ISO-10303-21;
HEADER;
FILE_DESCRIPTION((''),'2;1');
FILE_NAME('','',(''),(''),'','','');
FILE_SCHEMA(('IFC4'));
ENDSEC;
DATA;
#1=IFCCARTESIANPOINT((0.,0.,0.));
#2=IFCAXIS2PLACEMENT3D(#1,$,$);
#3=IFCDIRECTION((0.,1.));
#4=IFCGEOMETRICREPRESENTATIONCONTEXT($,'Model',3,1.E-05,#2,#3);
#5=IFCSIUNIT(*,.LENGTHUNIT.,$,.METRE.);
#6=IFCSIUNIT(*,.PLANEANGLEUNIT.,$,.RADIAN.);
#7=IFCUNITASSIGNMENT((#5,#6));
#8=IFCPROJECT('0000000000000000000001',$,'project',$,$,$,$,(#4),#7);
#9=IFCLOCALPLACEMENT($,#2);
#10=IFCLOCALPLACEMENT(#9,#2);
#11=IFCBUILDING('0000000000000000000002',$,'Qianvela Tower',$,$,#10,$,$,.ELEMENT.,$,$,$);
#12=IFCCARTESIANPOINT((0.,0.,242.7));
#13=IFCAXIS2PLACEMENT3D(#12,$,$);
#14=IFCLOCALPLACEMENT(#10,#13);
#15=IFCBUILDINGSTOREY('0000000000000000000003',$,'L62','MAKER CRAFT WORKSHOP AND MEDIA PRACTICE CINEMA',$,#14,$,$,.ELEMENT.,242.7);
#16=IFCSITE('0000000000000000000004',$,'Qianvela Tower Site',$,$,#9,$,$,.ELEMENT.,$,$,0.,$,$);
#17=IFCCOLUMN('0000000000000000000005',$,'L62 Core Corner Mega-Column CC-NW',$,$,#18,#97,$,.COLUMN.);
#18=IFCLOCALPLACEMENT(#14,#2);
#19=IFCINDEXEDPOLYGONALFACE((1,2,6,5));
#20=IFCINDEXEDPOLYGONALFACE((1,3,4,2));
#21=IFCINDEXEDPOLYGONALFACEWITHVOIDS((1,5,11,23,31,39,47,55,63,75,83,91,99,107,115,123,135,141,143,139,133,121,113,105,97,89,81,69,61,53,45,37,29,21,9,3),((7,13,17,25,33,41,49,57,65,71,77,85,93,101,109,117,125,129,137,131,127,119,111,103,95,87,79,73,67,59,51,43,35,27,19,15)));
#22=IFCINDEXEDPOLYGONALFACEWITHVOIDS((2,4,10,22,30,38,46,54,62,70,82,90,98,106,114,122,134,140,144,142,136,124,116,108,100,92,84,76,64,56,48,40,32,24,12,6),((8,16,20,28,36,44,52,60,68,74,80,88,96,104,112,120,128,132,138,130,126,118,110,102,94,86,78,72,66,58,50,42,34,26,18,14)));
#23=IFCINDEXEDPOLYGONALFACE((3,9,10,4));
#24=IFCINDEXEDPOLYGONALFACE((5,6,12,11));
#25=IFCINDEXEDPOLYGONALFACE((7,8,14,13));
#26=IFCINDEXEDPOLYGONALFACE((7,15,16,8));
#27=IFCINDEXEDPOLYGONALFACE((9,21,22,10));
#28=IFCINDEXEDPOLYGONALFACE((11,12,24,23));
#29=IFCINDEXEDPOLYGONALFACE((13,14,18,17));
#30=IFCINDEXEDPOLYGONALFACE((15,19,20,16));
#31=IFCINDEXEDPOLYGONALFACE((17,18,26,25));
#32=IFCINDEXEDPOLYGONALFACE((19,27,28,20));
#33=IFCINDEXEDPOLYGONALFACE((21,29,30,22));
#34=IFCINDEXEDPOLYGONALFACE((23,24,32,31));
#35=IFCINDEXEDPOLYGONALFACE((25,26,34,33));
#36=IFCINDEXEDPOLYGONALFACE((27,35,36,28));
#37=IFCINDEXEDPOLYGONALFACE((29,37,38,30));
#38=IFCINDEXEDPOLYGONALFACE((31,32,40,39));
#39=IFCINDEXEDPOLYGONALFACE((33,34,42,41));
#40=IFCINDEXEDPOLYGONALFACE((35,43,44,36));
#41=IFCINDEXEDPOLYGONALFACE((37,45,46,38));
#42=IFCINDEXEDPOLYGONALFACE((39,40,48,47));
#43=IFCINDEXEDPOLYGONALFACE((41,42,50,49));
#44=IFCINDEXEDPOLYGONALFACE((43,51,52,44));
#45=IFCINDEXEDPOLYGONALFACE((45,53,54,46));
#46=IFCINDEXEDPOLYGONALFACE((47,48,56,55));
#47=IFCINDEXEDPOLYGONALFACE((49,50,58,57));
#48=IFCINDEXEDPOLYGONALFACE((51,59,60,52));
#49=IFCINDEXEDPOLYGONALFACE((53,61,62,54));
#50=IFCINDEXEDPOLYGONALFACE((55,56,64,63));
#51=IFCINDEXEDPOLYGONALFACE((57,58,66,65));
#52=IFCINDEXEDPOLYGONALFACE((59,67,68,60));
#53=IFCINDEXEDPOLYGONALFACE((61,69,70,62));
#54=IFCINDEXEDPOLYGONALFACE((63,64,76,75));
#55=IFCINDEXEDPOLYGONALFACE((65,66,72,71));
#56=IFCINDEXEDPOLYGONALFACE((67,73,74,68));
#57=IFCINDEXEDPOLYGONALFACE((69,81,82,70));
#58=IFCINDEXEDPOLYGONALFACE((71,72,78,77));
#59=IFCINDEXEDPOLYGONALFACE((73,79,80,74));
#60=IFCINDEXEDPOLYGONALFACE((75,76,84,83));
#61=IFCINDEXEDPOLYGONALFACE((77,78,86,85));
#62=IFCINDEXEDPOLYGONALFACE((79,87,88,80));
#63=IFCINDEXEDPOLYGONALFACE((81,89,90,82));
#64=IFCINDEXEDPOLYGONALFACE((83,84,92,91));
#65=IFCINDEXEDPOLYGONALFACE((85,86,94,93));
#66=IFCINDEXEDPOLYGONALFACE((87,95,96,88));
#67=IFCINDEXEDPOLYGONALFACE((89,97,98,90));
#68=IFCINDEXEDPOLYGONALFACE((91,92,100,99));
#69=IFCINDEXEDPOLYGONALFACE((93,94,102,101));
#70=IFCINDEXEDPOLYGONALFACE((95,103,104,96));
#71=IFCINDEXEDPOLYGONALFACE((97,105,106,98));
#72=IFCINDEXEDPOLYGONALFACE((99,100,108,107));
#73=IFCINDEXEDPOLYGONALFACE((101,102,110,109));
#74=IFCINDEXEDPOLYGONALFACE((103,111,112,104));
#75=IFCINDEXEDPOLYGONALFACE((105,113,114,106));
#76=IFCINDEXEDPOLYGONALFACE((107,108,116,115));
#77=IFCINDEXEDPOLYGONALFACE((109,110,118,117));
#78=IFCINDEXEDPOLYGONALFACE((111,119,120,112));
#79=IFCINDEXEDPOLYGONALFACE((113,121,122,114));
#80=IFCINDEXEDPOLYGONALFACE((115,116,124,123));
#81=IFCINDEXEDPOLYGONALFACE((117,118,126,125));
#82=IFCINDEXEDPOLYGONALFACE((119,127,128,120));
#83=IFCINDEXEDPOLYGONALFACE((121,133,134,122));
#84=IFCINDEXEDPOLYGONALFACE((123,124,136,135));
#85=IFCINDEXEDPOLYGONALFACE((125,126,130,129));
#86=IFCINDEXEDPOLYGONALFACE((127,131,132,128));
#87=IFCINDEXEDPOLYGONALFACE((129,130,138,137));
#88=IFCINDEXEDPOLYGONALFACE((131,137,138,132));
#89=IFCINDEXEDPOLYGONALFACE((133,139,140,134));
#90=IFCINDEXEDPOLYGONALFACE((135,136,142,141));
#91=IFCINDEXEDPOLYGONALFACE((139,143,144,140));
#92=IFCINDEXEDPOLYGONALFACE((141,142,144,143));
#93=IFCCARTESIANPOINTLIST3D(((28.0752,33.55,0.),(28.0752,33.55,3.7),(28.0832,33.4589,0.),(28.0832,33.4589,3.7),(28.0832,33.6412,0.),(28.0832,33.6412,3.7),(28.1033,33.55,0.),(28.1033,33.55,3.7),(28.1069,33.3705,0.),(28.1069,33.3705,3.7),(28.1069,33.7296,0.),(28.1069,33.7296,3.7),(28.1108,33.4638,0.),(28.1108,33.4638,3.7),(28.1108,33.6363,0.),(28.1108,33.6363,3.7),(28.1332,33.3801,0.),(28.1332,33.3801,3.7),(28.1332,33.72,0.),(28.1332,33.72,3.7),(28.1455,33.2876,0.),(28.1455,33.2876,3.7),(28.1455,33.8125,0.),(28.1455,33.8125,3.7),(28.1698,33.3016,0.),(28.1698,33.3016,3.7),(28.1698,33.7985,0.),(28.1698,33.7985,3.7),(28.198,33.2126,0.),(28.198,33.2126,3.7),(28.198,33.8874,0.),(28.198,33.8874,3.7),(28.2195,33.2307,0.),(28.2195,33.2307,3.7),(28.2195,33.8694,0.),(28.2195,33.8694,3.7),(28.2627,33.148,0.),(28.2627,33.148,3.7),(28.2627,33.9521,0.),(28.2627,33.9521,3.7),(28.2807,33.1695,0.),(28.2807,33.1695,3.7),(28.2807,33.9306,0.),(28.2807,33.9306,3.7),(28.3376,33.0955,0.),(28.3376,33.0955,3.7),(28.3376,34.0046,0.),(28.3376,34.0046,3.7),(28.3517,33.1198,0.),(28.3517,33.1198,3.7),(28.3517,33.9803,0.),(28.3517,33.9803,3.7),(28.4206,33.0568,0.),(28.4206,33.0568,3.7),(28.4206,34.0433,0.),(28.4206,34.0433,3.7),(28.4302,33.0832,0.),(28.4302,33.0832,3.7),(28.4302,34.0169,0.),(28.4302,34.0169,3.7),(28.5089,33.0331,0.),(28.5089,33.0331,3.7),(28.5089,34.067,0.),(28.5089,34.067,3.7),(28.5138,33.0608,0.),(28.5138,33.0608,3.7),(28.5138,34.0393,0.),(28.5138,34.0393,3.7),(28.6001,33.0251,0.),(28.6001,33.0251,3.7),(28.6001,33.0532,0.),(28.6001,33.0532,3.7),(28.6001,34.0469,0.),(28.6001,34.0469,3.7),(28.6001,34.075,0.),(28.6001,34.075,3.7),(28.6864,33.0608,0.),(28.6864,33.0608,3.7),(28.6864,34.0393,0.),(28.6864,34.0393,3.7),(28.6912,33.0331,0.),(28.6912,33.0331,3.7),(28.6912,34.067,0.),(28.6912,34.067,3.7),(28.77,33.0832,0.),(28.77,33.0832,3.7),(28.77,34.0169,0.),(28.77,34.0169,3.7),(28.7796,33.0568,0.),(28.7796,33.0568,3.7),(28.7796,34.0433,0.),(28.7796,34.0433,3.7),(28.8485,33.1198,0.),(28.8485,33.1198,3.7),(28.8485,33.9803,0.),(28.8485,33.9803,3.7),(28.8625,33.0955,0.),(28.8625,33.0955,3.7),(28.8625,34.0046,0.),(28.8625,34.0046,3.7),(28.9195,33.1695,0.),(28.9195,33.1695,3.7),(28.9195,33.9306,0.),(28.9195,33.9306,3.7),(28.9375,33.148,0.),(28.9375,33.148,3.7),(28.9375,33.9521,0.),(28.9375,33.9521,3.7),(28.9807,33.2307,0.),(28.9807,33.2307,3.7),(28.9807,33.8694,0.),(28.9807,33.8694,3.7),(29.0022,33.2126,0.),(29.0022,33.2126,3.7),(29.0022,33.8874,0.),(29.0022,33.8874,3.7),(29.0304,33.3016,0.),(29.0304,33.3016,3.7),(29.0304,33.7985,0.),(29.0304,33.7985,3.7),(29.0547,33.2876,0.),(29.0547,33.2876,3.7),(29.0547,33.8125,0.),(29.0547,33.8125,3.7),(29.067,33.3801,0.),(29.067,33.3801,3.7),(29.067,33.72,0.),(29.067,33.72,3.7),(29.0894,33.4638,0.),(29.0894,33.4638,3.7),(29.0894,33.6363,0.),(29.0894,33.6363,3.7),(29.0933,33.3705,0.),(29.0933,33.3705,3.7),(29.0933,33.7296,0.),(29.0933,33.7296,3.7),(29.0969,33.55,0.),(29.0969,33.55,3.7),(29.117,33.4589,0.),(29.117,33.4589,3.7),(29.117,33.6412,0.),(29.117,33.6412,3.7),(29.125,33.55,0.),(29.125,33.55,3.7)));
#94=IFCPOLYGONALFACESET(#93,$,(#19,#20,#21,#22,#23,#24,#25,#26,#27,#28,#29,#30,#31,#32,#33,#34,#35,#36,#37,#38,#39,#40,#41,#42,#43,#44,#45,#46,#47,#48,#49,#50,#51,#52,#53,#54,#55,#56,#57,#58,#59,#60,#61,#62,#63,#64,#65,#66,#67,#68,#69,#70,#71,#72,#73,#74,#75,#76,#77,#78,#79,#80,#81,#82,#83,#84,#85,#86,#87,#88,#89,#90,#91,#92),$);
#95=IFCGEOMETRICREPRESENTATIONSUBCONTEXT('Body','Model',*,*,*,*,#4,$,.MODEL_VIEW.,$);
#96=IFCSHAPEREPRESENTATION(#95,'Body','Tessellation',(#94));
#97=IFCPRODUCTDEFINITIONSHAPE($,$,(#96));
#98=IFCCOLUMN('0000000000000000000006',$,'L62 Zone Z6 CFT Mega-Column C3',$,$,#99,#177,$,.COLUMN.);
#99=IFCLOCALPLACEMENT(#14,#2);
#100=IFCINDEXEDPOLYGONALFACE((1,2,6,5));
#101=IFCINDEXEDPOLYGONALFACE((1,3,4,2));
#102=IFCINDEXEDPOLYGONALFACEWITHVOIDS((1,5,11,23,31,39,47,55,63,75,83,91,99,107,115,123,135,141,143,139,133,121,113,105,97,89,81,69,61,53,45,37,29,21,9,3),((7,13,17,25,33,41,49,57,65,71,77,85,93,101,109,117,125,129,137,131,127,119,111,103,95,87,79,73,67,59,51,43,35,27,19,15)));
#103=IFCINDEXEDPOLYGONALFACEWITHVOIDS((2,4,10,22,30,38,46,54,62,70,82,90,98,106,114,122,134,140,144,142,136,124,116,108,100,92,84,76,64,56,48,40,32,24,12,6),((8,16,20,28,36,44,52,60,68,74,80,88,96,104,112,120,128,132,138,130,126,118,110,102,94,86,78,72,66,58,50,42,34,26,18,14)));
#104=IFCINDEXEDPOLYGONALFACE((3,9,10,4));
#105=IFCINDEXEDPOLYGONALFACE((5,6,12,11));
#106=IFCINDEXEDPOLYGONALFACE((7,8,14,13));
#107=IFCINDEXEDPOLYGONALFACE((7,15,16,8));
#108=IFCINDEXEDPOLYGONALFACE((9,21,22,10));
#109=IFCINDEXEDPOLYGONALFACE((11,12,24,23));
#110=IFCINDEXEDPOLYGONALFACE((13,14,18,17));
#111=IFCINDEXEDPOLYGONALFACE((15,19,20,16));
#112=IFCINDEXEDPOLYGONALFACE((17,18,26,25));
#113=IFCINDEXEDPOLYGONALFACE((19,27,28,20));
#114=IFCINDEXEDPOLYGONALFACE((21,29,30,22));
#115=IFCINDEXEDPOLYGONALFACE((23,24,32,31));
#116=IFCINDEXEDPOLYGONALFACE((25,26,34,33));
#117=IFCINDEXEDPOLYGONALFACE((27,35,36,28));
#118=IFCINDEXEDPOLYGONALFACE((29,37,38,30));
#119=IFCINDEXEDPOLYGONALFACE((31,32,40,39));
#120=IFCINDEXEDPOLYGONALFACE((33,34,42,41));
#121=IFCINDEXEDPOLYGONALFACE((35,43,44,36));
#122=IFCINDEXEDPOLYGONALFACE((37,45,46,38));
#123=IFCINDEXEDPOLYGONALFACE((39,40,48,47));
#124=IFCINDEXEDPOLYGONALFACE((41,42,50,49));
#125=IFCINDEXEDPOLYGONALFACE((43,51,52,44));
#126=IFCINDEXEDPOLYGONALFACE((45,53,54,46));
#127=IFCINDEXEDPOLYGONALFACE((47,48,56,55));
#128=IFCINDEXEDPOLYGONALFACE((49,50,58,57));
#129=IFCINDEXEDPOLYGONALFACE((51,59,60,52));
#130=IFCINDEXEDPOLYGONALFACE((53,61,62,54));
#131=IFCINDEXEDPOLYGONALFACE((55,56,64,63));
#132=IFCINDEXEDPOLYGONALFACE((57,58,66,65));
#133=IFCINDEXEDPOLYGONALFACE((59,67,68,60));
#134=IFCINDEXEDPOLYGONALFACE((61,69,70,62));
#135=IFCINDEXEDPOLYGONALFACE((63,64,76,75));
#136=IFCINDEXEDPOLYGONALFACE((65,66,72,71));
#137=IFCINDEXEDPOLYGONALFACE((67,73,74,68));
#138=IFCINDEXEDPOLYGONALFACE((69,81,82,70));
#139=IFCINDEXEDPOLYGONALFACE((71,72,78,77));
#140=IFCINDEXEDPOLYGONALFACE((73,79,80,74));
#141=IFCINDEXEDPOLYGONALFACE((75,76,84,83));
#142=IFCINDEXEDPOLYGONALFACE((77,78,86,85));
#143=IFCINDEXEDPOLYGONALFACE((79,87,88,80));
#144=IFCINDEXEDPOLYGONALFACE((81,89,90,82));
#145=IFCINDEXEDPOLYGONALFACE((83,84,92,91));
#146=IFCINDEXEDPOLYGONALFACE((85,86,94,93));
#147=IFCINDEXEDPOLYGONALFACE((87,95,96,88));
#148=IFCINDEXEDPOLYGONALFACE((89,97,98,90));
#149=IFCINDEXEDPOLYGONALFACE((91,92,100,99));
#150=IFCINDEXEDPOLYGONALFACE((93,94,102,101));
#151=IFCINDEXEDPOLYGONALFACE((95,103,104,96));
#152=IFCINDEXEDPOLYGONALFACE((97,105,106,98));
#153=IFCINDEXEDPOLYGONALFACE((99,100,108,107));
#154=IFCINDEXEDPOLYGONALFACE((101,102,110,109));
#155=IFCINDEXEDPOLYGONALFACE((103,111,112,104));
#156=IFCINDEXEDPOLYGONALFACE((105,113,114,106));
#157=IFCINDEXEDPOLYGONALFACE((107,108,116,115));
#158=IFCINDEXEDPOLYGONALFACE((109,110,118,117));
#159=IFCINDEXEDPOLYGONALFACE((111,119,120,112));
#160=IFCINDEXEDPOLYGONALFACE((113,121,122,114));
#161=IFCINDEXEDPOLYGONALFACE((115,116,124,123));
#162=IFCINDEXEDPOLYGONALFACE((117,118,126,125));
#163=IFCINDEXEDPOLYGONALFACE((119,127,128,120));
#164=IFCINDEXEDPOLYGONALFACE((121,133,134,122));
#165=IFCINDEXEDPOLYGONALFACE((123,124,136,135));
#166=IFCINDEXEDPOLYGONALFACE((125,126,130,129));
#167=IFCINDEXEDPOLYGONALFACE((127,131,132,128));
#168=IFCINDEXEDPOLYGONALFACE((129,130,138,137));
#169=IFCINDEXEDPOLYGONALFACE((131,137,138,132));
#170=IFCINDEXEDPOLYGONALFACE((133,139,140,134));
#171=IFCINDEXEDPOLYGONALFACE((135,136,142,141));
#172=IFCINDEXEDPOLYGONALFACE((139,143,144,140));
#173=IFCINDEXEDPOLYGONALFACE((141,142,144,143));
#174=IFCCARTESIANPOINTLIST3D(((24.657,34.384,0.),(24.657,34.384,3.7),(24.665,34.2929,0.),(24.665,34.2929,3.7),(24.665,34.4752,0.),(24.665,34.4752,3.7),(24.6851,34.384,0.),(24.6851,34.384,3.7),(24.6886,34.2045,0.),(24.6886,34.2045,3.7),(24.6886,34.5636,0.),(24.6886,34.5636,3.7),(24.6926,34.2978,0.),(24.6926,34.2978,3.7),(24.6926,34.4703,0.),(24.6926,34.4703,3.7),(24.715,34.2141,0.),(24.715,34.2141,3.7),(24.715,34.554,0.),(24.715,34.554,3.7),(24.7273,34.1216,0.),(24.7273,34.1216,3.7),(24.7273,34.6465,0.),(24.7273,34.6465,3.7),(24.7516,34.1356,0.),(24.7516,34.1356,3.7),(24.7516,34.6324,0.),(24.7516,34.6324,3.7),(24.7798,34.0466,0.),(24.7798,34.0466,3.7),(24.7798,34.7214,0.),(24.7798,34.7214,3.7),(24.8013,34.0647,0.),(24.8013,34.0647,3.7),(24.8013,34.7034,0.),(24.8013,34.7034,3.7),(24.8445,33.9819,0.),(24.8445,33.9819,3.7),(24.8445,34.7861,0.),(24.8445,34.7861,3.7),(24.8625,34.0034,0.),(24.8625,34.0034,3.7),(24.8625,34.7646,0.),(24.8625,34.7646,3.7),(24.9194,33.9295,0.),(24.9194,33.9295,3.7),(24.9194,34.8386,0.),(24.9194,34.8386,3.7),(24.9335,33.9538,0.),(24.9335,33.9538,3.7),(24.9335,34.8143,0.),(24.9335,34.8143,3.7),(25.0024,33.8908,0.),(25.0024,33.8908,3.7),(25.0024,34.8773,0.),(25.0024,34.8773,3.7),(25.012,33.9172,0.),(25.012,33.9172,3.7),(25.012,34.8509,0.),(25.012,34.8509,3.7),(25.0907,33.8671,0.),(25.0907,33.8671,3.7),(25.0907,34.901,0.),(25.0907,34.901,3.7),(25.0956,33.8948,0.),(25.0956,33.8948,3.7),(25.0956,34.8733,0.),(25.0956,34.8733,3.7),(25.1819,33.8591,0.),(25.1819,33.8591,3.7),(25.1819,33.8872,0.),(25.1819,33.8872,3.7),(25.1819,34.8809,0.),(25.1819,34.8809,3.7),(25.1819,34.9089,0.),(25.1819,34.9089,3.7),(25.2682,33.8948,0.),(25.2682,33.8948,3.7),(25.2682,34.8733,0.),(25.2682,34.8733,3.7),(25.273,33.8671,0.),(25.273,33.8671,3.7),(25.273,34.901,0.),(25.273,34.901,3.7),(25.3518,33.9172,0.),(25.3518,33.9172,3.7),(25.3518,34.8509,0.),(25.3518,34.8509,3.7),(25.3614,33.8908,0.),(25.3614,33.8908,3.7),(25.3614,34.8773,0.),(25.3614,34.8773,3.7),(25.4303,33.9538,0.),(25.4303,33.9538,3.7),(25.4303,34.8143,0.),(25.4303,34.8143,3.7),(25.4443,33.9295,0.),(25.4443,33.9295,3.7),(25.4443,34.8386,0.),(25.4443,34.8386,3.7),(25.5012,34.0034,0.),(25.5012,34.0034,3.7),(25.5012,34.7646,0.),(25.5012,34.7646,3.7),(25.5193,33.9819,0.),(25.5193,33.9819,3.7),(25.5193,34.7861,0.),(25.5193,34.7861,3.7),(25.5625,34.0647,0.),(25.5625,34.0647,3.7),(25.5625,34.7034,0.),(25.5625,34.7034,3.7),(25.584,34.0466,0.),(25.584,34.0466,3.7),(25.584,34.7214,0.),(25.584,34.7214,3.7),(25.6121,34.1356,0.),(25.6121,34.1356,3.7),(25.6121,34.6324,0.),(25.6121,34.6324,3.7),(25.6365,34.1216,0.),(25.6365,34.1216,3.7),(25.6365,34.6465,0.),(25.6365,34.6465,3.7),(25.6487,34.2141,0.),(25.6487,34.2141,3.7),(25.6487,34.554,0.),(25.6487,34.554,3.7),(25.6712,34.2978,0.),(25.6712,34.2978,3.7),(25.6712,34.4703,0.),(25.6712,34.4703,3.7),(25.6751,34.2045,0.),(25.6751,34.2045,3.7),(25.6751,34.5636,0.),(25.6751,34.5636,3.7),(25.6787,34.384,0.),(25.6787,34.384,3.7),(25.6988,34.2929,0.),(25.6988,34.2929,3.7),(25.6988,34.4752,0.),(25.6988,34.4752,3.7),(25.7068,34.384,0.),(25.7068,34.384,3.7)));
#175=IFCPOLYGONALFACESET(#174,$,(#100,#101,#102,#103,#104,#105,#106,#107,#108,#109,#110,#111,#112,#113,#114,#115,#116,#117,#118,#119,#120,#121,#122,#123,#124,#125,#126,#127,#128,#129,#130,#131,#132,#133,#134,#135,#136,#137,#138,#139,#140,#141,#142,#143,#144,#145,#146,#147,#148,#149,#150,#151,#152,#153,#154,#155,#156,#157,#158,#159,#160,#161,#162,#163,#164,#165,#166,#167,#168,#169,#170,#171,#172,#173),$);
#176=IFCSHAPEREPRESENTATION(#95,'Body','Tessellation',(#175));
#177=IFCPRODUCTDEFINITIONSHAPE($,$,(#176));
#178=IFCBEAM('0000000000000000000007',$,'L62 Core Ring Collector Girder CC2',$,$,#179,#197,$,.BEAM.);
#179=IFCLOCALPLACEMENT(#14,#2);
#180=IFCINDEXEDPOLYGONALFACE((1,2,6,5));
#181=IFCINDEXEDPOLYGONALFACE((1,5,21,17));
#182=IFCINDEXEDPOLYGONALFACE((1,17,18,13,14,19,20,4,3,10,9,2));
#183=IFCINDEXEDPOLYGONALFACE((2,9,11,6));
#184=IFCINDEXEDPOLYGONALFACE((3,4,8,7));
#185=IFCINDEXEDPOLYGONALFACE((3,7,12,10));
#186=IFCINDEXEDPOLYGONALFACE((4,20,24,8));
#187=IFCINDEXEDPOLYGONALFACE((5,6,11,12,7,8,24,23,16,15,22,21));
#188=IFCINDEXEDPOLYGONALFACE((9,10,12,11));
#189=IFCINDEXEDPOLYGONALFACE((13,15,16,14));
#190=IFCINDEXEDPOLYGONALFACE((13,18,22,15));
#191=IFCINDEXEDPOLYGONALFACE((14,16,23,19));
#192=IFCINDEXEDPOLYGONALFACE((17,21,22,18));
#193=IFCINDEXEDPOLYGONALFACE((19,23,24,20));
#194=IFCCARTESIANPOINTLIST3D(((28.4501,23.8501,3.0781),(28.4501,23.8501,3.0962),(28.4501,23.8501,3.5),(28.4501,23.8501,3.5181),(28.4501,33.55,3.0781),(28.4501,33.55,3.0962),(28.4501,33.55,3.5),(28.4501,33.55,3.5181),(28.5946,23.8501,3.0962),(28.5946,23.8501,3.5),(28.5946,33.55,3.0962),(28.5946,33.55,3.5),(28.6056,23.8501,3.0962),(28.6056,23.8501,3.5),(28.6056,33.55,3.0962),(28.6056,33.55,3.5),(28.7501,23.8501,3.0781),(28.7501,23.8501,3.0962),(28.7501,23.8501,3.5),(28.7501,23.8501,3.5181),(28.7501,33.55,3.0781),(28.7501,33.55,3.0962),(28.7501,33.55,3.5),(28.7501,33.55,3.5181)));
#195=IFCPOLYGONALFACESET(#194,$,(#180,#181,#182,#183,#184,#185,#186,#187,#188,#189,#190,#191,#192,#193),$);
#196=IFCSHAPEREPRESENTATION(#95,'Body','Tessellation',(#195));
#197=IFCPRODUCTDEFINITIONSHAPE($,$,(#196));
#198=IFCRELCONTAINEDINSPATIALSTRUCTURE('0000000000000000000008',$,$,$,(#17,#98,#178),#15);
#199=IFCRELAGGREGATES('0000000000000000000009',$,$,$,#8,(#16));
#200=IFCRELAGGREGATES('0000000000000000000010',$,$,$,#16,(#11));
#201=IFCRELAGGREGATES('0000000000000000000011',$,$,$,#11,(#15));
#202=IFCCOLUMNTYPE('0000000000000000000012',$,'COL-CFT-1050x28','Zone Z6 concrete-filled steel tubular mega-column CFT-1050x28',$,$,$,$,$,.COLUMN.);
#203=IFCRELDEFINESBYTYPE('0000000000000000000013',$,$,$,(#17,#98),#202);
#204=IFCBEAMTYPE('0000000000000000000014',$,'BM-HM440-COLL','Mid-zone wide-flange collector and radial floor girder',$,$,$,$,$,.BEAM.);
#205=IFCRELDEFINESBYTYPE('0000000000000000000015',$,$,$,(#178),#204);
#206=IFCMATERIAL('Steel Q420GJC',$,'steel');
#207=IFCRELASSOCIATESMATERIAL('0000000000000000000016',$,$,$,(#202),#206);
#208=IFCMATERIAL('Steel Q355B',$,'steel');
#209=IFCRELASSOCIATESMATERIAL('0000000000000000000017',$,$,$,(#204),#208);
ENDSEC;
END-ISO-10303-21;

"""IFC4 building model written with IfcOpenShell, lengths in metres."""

from ifc_helpers import new_model, si_unit, direction, frame, origin, origin_2d, place, context, subcontext, project, spatial, hollow_circle, i_section, extrude, material, material_profile, profile_set, type_object, element, save


model = new_model("IFC4")

# Units and contexts
model_context = context("Model", 3, precision=1e-05, world=origin(), true_north=direction((0.0, 1.0)))
body_context = subcontext(model_context, "Body", "Model", "MODEL_VIEW")
ifc_project = project(units=[si_unit("LENGTHUNIT", "METRE"), si_unit("PLANEANGLEUNIT", "RADIAN")], contexts=[model_context])

# Site, building, storey
site_placement = place(None, origin())
site = spatial("IfcSite", under=ifc_project, at=site_placement, Name="Qianvela Tower Site", CompositionType="ELEMENT", RefElevation=0.0)
building_placement = place(site_placement, origin())
building = spatial("IfcBuilding", under=site, at=building_placement, Name="Qianvela Tower", CompositionType="ELEMENT")
storey_placement = place(building_placement, frame((0.0, 0.0, 242.7)))
storey = spatial("IfcBuildingStorey", under=building, at=storey_placement, Name="L62", Description="MAKER CRAFT WORKSHOP AND MEDIA PRACTICE CINEMA", CompositionType="ELEMENT", Elevation=242.7)

# Columns
ifc_material_1 = material(Name="Steel Q420GJC", Category="steel")
ifc_material_profile_1 = material_profile(ifc_material_1, hollow_circle(Radius=0.5249, WallThickness=0.0281, at=origin_2d()), Name="CFT-1050x28")
ifc_profile_set_1 = profile_set([ifc_material_profile_1], Name="Steel Q420GJC")
column_type = type_object("IfcColumnType", Name="COL-CFT-1050x28", Description="Zone Z6 concrete-filled steel tubular mega-column CFT-1050x28", PredefinedType="COLUMN", material=ifc_profile_set_1)
for number, where, z_axis, x_axis, name in (
    (1, (28.6001, 33.55, 0.0), (0.0, 0.0, 1.0), (1.0, 0.0, 0.0), "L62 Core Corner Mega-Column CC-NW"),
    (2, (25.1819, 34.384, 0.0), (0.0, 0.0, 1.0), (1.0, 0.0, 0.0), "L62 Zone Z6 CFT Mega-Column C3"),
):
    element("IfcColumn", number, at=place(storey_placement, frame(where, z_axis=z_axis, x_axis=x_axis)), inside=storey, type_object=column_type, Name=name, PredefinedType="COLUMN", context=body_context, shape_type="SweptSolid", body=[
        extrude(hollow_circle(Radius=0.5249, WallThickness=0.0281, at=origin_2d()), origin(), (0.0, 0.0, 1.0), 3.7),
    ])

# Beam
ifc_material_2 = material(Name="Steel Q355B", Category="steel")
ifc_material_profile_2 = material_profile(ifc_material_2, i_section(OverallWidth=0.3, OverallDepth=0.4399, WebThickness=0.011, FlangeThickness=0.0181, at=origin_2d()), Name="HM440x300x11x18")
ifc_profile_set_2 = profile_set([ifc_material_profile_2], Name="Steel Q355B")
beam_type_1 = type_object("IfcBeamType", Name="BM-HM440-COLL", Description="Mid-zone wide-flange collector and radial floor girder", PredefinedType="BEAM", material=ifc_profile_set_2)
beam_1_placement = place(storey_placement, frame((28.6001, 33.55, 3.2981), z_axis=(0.0, -1.0, 0.0), x_axis=(1.0, 0.0, 0.0)))
element("IfcBeam", 3, at=beam_1_placement, inside=storey, type_object=beam_type_1, Name="L62 Core Ring Collector Girder CC2", PredefinedType="BEAM", context=body_context, shape_type="SweptSolid", body=[
    extrude(i_section(OverallWidth=0.3, OverallDepth=0.4399, WebThickness=0.011, FlangeThickness=0.0181, at=origin_2d()), origin(), (0.0, 0.0, 1.0), 9.7),
])

save(model, "model.ifc")
